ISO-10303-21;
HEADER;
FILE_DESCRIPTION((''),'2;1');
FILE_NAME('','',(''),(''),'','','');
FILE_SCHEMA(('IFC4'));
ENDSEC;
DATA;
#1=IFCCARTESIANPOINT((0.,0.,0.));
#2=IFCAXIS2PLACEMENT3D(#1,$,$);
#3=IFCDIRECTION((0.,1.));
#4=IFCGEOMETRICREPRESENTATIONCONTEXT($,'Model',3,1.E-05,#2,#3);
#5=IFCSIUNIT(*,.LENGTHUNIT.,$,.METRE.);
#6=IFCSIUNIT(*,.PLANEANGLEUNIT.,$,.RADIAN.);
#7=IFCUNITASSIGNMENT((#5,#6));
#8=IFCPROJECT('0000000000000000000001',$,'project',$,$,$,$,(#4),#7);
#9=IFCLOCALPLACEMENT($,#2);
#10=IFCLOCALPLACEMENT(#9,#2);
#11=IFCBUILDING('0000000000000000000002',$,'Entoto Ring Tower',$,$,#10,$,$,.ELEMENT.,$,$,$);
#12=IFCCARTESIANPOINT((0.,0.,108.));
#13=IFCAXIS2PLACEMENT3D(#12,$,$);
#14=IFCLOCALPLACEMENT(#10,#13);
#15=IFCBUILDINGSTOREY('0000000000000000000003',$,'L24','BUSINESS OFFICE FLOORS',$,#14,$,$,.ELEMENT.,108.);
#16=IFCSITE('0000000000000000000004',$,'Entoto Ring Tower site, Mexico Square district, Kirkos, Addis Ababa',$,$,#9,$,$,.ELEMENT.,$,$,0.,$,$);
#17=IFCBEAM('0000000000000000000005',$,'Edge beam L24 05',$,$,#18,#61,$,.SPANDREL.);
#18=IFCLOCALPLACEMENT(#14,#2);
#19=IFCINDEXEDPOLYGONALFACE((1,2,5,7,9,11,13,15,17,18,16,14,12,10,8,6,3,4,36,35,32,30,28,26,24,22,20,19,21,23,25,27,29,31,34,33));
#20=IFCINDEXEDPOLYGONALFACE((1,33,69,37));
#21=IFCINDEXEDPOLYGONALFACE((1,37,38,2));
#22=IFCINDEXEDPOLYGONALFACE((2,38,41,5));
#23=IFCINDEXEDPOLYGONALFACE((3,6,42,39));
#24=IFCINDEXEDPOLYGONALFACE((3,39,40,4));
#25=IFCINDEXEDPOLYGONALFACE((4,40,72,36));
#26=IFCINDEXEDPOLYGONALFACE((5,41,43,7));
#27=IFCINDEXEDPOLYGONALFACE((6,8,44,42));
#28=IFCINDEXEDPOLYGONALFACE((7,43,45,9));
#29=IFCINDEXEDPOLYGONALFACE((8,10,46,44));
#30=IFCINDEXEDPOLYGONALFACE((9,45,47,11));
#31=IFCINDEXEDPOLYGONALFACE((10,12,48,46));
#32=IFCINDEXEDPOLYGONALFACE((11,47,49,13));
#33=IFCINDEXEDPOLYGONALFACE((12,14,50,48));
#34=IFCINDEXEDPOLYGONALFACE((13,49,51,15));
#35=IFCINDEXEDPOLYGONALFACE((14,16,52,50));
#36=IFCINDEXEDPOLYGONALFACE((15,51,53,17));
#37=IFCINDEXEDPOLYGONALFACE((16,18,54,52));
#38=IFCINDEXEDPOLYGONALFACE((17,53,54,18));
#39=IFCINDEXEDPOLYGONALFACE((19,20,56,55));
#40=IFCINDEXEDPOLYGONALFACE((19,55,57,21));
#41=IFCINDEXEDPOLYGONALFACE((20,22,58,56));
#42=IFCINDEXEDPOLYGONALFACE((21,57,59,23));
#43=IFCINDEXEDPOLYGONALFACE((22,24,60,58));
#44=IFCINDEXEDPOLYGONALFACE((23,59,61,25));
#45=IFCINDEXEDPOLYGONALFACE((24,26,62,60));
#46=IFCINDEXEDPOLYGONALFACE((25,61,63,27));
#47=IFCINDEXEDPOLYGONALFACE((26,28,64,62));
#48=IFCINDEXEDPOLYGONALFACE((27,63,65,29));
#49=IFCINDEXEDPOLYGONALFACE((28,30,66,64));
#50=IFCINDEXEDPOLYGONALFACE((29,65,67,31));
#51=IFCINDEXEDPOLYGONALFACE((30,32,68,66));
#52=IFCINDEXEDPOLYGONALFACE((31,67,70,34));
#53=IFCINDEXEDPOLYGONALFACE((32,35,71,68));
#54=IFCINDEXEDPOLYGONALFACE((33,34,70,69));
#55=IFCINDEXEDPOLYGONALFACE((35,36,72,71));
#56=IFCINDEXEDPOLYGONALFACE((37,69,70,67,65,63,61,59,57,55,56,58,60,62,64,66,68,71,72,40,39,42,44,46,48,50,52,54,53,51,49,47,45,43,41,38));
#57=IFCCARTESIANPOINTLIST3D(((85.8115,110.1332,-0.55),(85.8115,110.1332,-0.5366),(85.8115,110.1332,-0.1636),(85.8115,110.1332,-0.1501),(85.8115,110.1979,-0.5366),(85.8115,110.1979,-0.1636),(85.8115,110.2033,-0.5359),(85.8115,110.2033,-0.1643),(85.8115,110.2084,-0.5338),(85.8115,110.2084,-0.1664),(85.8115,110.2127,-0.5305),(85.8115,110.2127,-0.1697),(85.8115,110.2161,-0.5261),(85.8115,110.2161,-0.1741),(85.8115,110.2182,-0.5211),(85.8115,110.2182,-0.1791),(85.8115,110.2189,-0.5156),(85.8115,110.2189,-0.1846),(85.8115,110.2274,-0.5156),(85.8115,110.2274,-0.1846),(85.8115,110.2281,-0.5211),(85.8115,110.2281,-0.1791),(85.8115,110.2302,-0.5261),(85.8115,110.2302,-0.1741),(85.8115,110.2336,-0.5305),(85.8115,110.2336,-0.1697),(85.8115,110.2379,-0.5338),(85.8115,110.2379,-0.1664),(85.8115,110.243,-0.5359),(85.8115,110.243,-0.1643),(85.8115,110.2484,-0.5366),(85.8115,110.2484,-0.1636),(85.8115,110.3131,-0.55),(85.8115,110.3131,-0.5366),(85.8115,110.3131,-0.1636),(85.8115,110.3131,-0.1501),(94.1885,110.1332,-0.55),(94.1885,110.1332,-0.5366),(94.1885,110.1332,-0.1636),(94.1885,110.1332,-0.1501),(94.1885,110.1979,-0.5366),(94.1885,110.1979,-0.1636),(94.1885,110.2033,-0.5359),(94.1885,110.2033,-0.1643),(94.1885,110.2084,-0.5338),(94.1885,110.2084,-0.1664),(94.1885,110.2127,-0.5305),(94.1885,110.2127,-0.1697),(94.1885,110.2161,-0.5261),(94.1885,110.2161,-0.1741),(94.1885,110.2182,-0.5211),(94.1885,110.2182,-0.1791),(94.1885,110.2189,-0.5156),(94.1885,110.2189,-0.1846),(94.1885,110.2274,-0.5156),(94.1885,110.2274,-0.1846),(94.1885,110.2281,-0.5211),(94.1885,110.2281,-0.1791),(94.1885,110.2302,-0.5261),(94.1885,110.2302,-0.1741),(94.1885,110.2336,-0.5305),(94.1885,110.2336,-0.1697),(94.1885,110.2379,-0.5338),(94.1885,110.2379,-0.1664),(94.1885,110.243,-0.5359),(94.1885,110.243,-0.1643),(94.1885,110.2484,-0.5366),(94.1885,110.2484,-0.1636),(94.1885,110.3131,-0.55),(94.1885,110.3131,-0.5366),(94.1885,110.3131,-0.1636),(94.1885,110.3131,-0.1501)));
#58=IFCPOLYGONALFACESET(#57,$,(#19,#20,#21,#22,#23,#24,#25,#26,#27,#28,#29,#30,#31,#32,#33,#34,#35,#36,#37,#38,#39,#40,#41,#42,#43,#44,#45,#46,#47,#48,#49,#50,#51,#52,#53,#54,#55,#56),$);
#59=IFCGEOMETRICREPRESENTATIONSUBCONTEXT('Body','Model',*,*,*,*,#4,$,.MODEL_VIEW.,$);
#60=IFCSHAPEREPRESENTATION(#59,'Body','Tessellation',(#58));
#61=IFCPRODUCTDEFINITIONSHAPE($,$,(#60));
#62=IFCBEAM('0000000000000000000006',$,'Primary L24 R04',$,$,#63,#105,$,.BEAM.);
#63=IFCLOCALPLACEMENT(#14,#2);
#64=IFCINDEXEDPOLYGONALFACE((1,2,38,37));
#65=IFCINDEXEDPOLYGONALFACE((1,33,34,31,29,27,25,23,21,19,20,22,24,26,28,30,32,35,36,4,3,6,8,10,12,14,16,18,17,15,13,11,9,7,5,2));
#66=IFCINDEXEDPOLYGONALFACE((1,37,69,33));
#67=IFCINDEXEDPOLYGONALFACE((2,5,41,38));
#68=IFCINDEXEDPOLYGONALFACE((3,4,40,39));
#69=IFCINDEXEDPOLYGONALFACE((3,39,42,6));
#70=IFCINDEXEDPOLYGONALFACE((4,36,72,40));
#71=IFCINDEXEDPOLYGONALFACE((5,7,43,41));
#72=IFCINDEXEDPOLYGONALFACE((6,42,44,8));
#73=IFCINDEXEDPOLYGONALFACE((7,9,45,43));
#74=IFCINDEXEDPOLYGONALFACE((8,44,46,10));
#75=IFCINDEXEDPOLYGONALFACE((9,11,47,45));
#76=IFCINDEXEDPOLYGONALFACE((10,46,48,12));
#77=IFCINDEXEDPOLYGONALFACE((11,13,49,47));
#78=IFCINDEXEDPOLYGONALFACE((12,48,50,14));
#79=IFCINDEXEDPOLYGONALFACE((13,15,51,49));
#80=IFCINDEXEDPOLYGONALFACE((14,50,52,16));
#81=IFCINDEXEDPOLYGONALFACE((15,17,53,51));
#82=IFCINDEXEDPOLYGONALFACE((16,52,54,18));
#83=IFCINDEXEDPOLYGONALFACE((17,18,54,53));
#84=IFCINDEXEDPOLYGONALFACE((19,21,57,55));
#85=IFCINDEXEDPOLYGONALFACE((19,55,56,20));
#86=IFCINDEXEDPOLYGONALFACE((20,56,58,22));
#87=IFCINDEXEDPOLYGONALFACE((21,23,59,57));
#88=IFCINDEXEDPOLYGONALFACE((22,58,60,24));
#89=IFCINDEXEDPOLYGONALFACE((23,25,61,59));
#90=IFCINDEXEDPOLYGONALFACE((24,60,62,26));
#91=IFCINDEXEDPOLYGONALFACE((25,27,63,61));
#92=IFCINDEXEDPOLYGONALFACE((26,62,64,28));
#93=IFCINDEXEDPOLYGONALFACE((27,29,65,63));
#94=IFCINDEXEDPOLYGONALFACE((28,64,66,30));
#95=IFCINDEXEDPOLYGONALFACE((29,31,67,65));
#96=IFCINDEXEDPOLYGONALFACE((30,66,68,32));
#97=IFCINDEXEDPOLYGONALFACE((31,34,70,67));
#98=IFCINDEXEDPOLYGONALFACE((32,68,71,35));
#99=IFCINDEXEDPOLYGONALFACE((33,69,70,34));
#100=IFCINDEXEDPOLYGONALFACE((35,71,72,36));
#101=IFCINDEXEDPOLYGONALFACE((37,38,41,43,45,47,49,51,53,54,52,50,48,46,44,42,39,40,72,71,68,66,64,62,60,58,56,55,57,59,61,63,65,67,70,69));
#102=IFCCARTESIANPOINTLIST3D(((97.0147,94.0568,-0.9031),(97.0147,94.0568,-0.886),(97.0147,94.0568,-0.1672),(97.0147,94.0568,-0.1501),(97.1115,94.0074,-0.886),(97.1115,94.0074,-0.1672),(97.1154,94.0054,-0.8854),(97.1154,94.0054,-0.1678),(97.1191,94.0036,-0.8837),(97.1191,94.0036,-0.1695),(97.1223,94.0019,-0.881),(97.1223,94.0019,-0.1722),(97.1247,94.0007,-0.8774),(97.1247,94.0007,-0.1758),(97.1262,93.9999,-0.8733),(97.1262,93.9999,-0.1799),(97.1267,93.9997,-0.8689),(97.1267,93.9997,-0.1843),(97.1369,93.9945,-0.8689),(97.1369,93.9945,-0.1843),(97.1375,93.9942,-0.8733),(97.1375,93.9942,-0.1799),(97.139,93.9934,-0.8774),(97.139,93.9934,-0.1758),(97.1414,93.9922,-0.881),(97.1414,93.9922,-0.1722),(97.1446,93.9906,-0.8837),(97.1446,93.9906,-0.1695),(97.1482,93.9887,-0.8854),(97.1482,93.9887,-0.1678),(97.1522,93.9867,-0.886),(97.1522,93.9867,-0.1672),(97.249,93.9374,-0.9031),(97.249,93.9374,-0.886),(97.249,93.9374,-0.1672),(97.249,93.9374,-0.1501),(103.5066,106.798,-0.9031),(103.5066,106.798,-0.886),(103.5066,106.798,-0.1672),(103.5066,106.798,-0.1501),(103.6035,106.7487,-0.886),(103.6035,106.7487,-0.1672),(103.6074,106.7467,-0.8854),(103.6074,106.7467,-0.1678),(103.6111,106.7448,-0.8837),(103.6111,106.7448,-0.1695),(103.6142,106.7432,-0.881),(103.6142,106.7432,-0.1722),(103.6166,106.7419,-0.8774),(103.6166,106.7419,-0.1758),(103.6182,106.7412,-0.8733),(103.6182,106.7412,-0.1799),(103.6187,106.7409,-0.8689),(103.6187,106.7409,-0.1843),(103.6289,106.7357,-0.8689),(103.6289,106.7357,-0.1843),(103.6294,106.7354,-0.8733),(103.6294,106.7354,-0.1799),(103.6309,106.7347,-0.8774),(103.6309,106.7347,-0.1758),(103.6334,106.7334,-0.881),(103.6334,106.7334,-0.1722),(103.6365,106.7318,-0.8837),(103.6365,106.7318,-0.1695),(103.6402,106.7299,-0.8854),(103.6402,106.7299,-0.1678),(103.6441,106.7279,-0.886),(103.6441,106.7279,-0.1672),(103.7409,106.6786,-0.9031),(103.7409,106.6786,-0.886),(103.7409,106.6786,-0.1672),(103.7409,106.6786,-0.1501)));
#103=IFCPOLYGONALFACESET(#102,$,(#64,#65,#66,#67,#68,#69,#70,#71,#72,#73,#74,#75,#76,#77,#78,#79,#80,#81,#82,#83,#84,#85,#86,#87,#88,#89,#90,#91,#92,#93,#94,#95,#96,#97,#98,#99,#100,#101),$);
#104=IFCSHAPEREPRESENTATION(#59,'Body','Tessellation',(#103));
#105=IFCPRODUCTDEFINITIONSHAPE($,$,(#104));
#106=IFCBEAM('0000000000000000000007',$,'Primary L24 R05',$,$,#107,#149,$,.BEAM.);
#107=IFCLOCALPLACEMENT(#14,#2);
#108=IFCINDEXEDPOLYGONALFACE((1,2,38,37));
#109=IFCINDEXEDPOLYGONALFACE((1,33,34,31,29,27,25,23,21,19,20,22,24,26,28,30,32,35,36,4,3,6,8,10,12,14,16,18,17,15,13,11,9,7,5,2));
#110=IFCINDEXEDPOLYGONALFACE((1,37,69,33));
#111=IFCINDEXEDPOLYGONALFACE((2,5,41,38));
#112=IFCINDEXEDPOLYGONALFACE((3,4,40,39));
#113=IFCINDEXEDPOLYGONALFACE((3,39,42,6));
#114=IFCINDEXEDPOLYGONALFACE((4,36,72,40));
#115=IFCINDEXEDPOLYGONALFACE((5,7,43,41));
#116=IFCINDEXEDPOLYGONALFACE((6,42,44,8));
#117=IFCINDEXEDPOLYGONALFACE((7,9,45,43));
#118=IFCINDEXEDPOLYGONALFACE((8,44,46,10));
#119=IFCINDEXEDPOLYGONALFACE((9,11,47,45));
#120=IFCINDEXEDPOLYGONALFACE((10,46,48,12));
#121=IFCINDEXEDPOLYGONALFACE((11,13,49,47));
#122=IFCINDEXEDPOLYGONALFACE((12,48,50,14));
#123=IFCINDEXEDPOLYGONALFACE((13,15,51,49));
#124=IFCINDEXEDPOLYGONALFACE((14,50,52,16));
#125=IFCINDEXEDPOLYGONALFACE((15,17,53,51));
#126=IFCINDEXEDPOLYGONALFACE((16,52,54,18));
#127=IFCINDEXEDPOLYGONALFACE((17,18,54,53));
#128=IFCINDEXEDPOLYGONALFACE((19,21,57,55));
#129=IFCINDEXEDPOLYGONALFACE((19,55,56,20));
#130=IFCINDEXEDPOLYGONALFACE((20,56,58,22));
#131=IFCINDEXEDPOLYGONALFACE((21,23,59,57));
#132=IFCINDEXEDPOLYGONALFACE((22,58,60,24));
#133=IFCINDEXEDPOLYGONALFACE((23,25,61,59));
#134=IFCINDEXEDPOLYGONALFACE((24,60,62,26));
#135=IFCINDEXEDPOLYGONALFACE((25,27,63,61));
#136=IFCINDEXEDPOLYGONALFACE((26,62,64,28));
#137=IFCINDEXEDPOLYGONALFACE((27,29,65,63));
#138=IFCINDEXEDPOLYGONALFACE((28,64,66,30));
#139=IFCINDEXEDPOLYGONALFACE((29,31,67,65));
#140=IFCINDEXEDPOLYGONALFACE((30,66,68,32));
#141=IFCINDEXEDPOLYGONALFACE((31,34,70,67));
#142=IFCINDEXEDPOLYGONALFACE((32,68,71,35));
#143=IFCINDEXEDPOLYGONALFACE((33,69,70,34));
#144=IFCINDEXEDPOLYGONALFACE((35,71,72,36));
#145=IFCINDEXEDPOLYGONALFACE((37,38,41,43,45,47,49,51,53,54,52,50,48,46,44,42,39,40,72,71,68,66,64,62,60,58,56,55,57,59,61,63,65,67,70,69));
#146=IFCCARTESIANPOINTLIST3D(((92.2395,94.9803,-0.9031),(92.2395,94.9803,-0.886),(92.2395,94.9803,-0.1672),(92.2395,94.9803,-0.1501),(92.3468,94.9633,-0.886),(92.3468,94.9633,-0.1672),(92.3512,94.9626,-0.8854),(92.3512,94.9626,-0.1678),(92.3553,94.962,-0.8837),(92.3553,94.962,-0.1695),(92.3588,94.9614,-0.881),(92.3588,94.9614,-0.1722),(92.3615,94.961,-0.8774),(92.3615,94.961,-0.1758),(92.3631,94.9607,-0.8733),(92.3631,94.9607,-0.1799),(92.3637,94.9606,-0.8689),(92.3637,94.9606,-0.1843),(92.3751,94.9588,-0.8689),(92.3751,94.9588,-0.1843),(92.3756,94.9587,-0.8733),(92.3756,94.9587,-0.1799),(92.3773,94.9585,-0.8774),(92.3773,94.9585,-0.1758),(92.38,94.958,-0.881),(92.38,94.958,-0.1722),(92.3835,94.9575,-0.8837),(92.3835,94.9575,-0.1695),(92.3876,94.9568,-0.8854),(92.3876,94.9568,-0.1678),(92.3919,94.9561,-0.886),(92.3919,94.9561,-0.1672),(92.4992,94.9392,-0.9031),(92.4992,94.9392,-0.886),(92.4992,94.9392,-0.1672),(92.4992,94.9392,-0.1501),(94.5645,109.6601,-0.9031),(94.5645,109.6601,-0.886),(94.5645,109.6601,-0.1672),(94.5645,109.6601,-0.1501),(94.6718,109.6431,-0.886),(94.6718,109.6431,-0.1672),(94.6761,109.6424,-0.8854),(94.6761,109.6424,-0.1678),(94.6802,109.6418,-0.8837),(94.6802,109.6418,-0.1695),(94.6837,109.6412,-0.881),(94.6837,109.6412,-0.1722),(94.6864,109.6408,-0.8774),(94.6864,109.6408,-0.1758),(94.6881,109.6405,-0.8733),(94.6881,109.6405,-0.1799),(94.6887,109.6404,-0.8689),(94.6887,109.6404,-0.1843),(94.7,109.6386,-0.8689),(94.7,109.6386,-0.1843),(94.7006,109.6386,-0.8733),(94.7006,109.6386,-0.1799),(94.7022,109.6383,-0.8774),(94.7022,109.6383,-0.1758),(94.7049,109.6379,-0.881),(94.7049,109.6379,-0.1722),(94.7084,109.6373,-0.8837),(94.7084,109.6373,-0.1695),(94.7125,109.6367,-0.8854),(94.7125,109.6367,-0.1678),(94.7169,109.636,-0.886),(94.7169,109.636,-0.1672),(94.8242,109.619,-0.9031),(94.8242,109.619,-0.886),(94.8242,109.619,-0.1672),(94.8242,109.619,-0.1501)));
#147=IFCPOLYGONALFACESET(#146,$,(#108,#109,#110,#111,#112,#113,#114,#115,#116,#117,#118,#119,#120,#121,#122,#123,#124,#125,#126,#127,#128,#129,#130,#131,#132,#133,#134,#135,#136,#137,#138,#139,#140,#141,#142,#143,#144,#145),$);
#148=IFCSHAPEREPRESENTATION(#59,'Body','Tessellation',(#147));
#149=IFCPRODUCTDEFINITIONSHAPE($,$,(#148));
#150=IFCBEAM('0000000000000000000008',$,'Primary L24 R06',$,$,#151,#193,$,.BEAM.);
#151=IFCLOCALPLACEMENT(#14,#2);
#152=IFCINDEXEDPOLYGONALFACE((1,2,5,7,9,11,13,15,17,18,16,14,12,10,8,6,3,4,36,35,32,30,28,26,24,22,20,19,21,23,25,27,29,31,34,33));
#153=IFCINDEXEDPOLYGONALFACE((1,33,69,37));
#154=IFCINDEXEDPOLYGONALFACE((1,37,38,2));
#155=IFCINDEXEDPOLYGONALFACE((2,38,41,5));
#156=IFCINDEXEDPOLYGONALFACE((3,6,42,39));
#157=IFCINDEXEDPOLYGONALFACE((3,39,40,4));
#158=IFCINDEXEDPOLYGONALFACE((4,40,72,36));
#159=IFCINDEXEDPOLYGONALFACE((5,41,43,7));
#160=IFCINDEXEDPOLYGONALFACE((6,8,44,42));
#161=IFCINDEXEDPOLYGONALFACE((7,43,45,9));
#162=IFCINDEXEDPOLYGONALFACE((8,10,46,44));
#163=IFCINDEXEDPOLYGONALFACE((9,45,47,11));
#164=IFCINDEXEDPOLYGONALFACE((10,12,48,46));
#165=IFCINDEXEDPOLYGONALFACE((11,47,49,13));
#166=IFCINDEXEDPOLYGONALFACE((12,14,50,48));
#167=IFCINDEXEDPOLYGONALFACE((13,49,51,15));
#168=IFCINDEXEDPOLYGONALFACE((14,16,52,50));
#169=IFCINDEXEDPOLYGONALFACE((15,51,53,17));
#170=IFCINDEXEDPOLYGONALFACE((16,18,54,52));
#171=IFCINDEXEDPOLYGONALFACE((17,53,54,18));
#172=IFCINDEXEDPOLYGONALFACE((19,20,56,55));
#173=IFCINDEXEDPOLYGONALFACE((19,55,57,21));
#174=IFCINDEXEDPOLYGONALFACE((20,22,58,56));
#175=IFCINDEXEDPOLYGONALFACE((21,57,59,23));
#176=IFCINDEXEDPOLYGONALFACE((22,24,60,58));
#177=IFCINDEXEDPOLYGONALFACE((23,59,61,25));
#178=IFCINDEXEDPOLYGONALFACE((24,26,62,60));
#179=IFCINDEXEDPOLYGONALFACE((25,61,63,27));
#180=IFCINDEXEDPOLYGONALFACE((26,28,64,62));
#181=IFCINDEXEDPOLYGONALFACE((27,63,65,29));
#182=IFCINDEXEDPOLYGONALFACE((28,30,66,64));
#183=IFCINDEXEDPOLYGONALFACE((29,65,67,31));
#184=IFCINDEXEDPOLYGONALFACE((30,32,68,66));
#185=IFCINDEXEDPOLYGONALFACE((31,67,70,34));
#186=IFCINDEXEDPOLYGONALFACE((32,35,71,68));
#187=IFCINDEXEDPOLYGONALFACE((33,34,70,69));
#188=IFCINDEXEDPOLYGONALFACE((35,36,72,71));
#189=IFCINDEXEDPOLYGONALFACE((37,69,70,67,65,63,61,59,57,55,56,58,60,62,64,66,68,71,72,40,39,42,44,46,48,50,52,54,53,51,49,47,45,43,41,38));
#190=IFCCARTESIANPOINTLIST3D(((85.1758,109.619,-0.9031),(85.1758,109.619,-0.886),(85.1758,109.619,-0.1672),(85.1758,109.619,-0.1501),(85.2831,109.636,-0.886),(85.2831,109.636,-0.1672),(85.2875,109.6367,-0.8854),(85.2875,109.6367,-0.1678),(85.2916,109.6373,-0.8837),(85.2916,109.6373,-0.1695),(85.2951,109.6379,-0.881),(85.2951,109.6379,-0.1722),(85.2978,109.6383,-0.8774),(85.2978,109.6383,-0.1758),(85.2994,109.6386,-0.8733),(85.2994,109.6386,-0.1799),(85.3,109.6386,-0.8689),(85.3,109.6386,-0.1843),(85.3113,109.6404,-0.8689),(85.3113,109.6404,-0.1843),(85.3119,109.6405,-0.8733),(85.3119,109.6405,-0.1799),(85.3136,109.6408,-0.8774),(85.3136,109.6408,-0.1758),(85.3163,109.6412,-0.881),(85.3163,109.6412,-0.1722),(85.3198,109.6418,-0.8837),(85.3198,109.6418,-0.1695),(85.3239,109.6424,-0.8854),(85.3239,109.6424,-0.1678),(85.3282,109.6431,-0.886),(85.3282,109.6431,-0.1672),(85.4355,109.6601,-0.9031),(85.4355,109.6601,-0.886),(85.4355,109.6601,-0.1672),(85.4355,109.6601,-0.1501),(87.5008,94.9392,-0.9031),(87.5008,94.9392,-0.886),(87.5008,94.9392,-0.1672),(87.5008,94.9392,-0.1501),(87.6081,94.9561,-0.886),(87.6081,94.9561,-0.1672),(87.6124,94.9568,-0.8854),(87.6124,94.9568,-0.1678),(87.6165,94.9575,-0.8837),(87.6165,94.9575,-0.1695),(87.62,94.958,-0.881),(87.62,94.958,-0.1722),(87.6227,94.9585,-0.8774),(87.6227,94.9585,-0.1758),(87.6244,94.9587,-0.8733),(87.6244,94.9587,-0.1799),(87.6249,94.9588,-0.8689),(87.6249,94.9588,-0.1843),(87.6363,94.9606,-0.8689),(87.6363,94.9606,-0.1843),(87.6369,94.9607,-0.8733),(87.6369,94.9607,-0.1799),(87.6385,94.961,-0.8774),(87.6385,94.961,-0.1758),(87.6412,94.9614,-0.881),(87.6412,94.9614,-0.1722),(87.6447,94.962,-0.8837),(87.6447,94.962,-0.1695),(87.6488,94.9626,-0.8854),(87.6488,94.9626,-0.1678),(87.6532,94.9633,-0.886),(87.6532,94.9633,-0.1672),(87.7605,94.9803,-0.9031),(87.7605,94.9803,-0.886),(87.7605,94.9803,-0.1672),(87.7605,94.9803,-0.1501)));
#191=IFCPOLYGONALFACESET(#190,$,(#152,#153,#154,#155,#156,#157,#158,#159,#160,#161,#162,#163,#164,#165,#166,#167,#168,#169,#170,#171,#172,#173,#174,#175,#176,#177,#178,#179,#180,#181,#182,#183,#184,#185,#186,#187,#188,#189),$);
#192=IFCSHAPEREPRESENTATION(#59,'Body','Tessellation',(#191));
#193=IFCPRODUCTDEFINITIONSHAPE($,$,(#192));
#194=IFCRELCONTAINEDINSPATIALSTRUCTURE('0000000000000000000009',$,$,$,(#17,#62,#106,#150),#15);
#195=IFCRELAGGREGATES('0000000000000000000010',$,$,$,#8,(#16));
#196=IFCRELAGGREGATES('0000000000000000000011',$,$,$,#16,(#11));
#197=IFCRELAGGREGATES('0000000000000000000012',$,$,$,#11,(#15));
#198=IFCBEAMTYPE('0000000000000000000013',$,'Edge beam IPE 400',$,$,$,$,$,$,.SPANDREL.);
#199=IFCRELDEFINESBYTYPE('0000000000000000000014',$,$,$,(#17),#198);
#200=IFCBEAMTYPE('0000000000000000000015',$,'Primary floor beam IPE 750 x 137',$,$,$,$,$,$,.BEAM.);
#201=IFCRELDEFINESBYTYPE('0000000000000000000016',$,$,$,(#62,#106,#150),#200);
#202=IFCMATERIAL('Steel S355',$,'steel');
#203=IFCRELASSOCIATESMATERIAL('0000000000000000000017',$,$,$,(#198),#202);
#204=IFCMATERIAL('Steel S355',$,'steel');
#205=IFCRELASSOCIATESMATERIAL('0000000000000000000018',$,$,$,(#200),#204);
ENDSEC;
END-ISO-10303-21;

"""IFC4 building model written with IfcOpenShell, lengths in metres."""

from ifc_helpers import new_model, si_unit, direction, frame, origin, origin_2d, place, context, subcontext, project, spatial, i_section, extrude, material, material_profile, profile_set, type_object, element, save


model = new_model("IFC4")

# Units and contexts
model_context = context("Model", 3, precision=1e-05, world=origin(), true_north=direction((0.0, 1.0)))
body_context = subcontext(model_context, "Body", "Model", "MODEL_VIEW")
ifc_project = project(units=[si_unit("LENGTHUNIT", "METRE"), si_unit("PLANEANGLEUNIT", "RADIAN")], contexts=[model_context])

# Site, building, storey
site_placement = place(None, origin())
site = spatial("IfcSite", under=ifc_project, at=site_placement, Name="Entoto Ring Tower site, Mexico Square district, Kirkos, Addis Ababa", CompositionType="ELEMENT", RefElevation=0.0)
building_placement = place(site_placement, origin())
building = spatial("IfcBuilding", under=site, at=building_placement, Name="Entoto Ring Tower", CompositionType="ELEMENT")
storey_placement = place(building_placement, frame((0.0, 0.0, 108.0)))
storey = spatial("IfcBuildingStorey", under=building, at=storey_placement, Name="L24", Description="BUSINESS OFFICE FLOORS", CompositionType="ELEMENT", Elevation=108.0)

# Beams
ifc_material_1 = material(Name="Steel S355", Category="steel")
ifc_material_profile_1 = material_profile(ifc_material_1, i_section(OverallWidth=0.1799, OverallDepth=0.3999, WebThickness=0.0085, FlangeThickness=0.0134, FilletRadius=0.021, at=origin_2d()), Name="IPE 400")
ifc_profile_set_1 = profile_set([ifc_material_profile_1], Name="Steel S355")
beam_type_1 = type_object("IfcBeamType", Name="Edge beam IPE 400", PredefinedType="SPANDREL", material=ifc_profile_set_1)
beam_1_placement = place(storey_placement, frame((94.1885, 110.2231, -0.3501), z_axis=(-1.0, 0.0, 0.0), x_axis=(0.0, -1.0, 0.0)))
element("IfcBeam", 1, at=beam_1_placement, inside=storey, type_object=beam_type_1, Name="Edge beam L24 05", PredefinedType="SPANDREL", context=body_context, shape_type="SweptSolid", body=[
    extrude(i_section(OverallWidth=0.1799, OverallDepth=0.3999, WebThickness=0.0085, FlangeThickness=0.0134, FilletRadius=0.021, at=origin_2d()), origin(), (0.0, 0.0, 1.0), 8.377),
])
ifc_material_2 = material(Name="Steel S355", Category="steel")
ifc_material_profile_2 = material_profile(ifc_material_2, i_section(OverallWidth=0.2629, OverallDepth=0.7529, WebThickness=0.0115, FlangeThickness=0.0171, FilletRadius=0.0171, at=origin_2d()), Name="IPE 750 x 137")
ifc_profile_set_2 = profile_set([ifc_material_profile_2], Name="Steel S355")
beam_type_2 = type_object("IfcBeamType", Name="Primary floor beam IPE 750 x 137", PredefinedType="BEAM", material=ifc_profile_set_2)
beam_2_placement = place(storey_placement, frame((97.1318, 93.9971, -0.5266), z_axis=(0.453989, 0.891007, 0.0), x_axis=(-0.891007, 0.453989, 0.0)))
element("IfcBeam", 2, at=beam_2_placement, inside=storey, type_object=beam_type_2, Name="Primary L24 R04", PredefinedType="BEAM", context=body_context, shape_type="SweptSolid", body=[
    extrude(i_section(OverallWidth=0.2629, OverallDepth=0.7529, WebThickness=0.0115, FlangeThickness=0.0171, FilletRadius=0.0171, at=origin_2d()), origin(), (0.0, 0.0, 1.0), 14.2998),
])
for number, where, z_axis, x_axis, name in (
    (3, (92.3694, 94.9597, -0.5266), (0.156426, 0.98769, 0.0), (-0.98769, 0.156426, 0.0), "Primary L24 R05"),
    (4, (87.6306, 94.9597, -0.5266), (-0.156426, 0.98769, 0.0), (-0.98769, -0.156426, 0.0), "Primary L24 R06"),
):
    element("IfcBeam", number, at=place(storey_placement, frame(where, z_axis=z_axis, x_axis=x_axis)), inside=storey, type_object=beam_type_2, Name=name, PredefinedType="BEAM", context=body_context, shape_type="SweptSolid", body=[
        extrude(i_section(OverallWidth=0.2629, OverallDepth=0.7529, WebThickness=0.0115, FlangeThickness=0.0171, FilletRadius=0.0171, at=origin_2d()), origin(), (0.0, 0.0, 1.0), 14.8628),
    ])

save(model, "model.ifc")
